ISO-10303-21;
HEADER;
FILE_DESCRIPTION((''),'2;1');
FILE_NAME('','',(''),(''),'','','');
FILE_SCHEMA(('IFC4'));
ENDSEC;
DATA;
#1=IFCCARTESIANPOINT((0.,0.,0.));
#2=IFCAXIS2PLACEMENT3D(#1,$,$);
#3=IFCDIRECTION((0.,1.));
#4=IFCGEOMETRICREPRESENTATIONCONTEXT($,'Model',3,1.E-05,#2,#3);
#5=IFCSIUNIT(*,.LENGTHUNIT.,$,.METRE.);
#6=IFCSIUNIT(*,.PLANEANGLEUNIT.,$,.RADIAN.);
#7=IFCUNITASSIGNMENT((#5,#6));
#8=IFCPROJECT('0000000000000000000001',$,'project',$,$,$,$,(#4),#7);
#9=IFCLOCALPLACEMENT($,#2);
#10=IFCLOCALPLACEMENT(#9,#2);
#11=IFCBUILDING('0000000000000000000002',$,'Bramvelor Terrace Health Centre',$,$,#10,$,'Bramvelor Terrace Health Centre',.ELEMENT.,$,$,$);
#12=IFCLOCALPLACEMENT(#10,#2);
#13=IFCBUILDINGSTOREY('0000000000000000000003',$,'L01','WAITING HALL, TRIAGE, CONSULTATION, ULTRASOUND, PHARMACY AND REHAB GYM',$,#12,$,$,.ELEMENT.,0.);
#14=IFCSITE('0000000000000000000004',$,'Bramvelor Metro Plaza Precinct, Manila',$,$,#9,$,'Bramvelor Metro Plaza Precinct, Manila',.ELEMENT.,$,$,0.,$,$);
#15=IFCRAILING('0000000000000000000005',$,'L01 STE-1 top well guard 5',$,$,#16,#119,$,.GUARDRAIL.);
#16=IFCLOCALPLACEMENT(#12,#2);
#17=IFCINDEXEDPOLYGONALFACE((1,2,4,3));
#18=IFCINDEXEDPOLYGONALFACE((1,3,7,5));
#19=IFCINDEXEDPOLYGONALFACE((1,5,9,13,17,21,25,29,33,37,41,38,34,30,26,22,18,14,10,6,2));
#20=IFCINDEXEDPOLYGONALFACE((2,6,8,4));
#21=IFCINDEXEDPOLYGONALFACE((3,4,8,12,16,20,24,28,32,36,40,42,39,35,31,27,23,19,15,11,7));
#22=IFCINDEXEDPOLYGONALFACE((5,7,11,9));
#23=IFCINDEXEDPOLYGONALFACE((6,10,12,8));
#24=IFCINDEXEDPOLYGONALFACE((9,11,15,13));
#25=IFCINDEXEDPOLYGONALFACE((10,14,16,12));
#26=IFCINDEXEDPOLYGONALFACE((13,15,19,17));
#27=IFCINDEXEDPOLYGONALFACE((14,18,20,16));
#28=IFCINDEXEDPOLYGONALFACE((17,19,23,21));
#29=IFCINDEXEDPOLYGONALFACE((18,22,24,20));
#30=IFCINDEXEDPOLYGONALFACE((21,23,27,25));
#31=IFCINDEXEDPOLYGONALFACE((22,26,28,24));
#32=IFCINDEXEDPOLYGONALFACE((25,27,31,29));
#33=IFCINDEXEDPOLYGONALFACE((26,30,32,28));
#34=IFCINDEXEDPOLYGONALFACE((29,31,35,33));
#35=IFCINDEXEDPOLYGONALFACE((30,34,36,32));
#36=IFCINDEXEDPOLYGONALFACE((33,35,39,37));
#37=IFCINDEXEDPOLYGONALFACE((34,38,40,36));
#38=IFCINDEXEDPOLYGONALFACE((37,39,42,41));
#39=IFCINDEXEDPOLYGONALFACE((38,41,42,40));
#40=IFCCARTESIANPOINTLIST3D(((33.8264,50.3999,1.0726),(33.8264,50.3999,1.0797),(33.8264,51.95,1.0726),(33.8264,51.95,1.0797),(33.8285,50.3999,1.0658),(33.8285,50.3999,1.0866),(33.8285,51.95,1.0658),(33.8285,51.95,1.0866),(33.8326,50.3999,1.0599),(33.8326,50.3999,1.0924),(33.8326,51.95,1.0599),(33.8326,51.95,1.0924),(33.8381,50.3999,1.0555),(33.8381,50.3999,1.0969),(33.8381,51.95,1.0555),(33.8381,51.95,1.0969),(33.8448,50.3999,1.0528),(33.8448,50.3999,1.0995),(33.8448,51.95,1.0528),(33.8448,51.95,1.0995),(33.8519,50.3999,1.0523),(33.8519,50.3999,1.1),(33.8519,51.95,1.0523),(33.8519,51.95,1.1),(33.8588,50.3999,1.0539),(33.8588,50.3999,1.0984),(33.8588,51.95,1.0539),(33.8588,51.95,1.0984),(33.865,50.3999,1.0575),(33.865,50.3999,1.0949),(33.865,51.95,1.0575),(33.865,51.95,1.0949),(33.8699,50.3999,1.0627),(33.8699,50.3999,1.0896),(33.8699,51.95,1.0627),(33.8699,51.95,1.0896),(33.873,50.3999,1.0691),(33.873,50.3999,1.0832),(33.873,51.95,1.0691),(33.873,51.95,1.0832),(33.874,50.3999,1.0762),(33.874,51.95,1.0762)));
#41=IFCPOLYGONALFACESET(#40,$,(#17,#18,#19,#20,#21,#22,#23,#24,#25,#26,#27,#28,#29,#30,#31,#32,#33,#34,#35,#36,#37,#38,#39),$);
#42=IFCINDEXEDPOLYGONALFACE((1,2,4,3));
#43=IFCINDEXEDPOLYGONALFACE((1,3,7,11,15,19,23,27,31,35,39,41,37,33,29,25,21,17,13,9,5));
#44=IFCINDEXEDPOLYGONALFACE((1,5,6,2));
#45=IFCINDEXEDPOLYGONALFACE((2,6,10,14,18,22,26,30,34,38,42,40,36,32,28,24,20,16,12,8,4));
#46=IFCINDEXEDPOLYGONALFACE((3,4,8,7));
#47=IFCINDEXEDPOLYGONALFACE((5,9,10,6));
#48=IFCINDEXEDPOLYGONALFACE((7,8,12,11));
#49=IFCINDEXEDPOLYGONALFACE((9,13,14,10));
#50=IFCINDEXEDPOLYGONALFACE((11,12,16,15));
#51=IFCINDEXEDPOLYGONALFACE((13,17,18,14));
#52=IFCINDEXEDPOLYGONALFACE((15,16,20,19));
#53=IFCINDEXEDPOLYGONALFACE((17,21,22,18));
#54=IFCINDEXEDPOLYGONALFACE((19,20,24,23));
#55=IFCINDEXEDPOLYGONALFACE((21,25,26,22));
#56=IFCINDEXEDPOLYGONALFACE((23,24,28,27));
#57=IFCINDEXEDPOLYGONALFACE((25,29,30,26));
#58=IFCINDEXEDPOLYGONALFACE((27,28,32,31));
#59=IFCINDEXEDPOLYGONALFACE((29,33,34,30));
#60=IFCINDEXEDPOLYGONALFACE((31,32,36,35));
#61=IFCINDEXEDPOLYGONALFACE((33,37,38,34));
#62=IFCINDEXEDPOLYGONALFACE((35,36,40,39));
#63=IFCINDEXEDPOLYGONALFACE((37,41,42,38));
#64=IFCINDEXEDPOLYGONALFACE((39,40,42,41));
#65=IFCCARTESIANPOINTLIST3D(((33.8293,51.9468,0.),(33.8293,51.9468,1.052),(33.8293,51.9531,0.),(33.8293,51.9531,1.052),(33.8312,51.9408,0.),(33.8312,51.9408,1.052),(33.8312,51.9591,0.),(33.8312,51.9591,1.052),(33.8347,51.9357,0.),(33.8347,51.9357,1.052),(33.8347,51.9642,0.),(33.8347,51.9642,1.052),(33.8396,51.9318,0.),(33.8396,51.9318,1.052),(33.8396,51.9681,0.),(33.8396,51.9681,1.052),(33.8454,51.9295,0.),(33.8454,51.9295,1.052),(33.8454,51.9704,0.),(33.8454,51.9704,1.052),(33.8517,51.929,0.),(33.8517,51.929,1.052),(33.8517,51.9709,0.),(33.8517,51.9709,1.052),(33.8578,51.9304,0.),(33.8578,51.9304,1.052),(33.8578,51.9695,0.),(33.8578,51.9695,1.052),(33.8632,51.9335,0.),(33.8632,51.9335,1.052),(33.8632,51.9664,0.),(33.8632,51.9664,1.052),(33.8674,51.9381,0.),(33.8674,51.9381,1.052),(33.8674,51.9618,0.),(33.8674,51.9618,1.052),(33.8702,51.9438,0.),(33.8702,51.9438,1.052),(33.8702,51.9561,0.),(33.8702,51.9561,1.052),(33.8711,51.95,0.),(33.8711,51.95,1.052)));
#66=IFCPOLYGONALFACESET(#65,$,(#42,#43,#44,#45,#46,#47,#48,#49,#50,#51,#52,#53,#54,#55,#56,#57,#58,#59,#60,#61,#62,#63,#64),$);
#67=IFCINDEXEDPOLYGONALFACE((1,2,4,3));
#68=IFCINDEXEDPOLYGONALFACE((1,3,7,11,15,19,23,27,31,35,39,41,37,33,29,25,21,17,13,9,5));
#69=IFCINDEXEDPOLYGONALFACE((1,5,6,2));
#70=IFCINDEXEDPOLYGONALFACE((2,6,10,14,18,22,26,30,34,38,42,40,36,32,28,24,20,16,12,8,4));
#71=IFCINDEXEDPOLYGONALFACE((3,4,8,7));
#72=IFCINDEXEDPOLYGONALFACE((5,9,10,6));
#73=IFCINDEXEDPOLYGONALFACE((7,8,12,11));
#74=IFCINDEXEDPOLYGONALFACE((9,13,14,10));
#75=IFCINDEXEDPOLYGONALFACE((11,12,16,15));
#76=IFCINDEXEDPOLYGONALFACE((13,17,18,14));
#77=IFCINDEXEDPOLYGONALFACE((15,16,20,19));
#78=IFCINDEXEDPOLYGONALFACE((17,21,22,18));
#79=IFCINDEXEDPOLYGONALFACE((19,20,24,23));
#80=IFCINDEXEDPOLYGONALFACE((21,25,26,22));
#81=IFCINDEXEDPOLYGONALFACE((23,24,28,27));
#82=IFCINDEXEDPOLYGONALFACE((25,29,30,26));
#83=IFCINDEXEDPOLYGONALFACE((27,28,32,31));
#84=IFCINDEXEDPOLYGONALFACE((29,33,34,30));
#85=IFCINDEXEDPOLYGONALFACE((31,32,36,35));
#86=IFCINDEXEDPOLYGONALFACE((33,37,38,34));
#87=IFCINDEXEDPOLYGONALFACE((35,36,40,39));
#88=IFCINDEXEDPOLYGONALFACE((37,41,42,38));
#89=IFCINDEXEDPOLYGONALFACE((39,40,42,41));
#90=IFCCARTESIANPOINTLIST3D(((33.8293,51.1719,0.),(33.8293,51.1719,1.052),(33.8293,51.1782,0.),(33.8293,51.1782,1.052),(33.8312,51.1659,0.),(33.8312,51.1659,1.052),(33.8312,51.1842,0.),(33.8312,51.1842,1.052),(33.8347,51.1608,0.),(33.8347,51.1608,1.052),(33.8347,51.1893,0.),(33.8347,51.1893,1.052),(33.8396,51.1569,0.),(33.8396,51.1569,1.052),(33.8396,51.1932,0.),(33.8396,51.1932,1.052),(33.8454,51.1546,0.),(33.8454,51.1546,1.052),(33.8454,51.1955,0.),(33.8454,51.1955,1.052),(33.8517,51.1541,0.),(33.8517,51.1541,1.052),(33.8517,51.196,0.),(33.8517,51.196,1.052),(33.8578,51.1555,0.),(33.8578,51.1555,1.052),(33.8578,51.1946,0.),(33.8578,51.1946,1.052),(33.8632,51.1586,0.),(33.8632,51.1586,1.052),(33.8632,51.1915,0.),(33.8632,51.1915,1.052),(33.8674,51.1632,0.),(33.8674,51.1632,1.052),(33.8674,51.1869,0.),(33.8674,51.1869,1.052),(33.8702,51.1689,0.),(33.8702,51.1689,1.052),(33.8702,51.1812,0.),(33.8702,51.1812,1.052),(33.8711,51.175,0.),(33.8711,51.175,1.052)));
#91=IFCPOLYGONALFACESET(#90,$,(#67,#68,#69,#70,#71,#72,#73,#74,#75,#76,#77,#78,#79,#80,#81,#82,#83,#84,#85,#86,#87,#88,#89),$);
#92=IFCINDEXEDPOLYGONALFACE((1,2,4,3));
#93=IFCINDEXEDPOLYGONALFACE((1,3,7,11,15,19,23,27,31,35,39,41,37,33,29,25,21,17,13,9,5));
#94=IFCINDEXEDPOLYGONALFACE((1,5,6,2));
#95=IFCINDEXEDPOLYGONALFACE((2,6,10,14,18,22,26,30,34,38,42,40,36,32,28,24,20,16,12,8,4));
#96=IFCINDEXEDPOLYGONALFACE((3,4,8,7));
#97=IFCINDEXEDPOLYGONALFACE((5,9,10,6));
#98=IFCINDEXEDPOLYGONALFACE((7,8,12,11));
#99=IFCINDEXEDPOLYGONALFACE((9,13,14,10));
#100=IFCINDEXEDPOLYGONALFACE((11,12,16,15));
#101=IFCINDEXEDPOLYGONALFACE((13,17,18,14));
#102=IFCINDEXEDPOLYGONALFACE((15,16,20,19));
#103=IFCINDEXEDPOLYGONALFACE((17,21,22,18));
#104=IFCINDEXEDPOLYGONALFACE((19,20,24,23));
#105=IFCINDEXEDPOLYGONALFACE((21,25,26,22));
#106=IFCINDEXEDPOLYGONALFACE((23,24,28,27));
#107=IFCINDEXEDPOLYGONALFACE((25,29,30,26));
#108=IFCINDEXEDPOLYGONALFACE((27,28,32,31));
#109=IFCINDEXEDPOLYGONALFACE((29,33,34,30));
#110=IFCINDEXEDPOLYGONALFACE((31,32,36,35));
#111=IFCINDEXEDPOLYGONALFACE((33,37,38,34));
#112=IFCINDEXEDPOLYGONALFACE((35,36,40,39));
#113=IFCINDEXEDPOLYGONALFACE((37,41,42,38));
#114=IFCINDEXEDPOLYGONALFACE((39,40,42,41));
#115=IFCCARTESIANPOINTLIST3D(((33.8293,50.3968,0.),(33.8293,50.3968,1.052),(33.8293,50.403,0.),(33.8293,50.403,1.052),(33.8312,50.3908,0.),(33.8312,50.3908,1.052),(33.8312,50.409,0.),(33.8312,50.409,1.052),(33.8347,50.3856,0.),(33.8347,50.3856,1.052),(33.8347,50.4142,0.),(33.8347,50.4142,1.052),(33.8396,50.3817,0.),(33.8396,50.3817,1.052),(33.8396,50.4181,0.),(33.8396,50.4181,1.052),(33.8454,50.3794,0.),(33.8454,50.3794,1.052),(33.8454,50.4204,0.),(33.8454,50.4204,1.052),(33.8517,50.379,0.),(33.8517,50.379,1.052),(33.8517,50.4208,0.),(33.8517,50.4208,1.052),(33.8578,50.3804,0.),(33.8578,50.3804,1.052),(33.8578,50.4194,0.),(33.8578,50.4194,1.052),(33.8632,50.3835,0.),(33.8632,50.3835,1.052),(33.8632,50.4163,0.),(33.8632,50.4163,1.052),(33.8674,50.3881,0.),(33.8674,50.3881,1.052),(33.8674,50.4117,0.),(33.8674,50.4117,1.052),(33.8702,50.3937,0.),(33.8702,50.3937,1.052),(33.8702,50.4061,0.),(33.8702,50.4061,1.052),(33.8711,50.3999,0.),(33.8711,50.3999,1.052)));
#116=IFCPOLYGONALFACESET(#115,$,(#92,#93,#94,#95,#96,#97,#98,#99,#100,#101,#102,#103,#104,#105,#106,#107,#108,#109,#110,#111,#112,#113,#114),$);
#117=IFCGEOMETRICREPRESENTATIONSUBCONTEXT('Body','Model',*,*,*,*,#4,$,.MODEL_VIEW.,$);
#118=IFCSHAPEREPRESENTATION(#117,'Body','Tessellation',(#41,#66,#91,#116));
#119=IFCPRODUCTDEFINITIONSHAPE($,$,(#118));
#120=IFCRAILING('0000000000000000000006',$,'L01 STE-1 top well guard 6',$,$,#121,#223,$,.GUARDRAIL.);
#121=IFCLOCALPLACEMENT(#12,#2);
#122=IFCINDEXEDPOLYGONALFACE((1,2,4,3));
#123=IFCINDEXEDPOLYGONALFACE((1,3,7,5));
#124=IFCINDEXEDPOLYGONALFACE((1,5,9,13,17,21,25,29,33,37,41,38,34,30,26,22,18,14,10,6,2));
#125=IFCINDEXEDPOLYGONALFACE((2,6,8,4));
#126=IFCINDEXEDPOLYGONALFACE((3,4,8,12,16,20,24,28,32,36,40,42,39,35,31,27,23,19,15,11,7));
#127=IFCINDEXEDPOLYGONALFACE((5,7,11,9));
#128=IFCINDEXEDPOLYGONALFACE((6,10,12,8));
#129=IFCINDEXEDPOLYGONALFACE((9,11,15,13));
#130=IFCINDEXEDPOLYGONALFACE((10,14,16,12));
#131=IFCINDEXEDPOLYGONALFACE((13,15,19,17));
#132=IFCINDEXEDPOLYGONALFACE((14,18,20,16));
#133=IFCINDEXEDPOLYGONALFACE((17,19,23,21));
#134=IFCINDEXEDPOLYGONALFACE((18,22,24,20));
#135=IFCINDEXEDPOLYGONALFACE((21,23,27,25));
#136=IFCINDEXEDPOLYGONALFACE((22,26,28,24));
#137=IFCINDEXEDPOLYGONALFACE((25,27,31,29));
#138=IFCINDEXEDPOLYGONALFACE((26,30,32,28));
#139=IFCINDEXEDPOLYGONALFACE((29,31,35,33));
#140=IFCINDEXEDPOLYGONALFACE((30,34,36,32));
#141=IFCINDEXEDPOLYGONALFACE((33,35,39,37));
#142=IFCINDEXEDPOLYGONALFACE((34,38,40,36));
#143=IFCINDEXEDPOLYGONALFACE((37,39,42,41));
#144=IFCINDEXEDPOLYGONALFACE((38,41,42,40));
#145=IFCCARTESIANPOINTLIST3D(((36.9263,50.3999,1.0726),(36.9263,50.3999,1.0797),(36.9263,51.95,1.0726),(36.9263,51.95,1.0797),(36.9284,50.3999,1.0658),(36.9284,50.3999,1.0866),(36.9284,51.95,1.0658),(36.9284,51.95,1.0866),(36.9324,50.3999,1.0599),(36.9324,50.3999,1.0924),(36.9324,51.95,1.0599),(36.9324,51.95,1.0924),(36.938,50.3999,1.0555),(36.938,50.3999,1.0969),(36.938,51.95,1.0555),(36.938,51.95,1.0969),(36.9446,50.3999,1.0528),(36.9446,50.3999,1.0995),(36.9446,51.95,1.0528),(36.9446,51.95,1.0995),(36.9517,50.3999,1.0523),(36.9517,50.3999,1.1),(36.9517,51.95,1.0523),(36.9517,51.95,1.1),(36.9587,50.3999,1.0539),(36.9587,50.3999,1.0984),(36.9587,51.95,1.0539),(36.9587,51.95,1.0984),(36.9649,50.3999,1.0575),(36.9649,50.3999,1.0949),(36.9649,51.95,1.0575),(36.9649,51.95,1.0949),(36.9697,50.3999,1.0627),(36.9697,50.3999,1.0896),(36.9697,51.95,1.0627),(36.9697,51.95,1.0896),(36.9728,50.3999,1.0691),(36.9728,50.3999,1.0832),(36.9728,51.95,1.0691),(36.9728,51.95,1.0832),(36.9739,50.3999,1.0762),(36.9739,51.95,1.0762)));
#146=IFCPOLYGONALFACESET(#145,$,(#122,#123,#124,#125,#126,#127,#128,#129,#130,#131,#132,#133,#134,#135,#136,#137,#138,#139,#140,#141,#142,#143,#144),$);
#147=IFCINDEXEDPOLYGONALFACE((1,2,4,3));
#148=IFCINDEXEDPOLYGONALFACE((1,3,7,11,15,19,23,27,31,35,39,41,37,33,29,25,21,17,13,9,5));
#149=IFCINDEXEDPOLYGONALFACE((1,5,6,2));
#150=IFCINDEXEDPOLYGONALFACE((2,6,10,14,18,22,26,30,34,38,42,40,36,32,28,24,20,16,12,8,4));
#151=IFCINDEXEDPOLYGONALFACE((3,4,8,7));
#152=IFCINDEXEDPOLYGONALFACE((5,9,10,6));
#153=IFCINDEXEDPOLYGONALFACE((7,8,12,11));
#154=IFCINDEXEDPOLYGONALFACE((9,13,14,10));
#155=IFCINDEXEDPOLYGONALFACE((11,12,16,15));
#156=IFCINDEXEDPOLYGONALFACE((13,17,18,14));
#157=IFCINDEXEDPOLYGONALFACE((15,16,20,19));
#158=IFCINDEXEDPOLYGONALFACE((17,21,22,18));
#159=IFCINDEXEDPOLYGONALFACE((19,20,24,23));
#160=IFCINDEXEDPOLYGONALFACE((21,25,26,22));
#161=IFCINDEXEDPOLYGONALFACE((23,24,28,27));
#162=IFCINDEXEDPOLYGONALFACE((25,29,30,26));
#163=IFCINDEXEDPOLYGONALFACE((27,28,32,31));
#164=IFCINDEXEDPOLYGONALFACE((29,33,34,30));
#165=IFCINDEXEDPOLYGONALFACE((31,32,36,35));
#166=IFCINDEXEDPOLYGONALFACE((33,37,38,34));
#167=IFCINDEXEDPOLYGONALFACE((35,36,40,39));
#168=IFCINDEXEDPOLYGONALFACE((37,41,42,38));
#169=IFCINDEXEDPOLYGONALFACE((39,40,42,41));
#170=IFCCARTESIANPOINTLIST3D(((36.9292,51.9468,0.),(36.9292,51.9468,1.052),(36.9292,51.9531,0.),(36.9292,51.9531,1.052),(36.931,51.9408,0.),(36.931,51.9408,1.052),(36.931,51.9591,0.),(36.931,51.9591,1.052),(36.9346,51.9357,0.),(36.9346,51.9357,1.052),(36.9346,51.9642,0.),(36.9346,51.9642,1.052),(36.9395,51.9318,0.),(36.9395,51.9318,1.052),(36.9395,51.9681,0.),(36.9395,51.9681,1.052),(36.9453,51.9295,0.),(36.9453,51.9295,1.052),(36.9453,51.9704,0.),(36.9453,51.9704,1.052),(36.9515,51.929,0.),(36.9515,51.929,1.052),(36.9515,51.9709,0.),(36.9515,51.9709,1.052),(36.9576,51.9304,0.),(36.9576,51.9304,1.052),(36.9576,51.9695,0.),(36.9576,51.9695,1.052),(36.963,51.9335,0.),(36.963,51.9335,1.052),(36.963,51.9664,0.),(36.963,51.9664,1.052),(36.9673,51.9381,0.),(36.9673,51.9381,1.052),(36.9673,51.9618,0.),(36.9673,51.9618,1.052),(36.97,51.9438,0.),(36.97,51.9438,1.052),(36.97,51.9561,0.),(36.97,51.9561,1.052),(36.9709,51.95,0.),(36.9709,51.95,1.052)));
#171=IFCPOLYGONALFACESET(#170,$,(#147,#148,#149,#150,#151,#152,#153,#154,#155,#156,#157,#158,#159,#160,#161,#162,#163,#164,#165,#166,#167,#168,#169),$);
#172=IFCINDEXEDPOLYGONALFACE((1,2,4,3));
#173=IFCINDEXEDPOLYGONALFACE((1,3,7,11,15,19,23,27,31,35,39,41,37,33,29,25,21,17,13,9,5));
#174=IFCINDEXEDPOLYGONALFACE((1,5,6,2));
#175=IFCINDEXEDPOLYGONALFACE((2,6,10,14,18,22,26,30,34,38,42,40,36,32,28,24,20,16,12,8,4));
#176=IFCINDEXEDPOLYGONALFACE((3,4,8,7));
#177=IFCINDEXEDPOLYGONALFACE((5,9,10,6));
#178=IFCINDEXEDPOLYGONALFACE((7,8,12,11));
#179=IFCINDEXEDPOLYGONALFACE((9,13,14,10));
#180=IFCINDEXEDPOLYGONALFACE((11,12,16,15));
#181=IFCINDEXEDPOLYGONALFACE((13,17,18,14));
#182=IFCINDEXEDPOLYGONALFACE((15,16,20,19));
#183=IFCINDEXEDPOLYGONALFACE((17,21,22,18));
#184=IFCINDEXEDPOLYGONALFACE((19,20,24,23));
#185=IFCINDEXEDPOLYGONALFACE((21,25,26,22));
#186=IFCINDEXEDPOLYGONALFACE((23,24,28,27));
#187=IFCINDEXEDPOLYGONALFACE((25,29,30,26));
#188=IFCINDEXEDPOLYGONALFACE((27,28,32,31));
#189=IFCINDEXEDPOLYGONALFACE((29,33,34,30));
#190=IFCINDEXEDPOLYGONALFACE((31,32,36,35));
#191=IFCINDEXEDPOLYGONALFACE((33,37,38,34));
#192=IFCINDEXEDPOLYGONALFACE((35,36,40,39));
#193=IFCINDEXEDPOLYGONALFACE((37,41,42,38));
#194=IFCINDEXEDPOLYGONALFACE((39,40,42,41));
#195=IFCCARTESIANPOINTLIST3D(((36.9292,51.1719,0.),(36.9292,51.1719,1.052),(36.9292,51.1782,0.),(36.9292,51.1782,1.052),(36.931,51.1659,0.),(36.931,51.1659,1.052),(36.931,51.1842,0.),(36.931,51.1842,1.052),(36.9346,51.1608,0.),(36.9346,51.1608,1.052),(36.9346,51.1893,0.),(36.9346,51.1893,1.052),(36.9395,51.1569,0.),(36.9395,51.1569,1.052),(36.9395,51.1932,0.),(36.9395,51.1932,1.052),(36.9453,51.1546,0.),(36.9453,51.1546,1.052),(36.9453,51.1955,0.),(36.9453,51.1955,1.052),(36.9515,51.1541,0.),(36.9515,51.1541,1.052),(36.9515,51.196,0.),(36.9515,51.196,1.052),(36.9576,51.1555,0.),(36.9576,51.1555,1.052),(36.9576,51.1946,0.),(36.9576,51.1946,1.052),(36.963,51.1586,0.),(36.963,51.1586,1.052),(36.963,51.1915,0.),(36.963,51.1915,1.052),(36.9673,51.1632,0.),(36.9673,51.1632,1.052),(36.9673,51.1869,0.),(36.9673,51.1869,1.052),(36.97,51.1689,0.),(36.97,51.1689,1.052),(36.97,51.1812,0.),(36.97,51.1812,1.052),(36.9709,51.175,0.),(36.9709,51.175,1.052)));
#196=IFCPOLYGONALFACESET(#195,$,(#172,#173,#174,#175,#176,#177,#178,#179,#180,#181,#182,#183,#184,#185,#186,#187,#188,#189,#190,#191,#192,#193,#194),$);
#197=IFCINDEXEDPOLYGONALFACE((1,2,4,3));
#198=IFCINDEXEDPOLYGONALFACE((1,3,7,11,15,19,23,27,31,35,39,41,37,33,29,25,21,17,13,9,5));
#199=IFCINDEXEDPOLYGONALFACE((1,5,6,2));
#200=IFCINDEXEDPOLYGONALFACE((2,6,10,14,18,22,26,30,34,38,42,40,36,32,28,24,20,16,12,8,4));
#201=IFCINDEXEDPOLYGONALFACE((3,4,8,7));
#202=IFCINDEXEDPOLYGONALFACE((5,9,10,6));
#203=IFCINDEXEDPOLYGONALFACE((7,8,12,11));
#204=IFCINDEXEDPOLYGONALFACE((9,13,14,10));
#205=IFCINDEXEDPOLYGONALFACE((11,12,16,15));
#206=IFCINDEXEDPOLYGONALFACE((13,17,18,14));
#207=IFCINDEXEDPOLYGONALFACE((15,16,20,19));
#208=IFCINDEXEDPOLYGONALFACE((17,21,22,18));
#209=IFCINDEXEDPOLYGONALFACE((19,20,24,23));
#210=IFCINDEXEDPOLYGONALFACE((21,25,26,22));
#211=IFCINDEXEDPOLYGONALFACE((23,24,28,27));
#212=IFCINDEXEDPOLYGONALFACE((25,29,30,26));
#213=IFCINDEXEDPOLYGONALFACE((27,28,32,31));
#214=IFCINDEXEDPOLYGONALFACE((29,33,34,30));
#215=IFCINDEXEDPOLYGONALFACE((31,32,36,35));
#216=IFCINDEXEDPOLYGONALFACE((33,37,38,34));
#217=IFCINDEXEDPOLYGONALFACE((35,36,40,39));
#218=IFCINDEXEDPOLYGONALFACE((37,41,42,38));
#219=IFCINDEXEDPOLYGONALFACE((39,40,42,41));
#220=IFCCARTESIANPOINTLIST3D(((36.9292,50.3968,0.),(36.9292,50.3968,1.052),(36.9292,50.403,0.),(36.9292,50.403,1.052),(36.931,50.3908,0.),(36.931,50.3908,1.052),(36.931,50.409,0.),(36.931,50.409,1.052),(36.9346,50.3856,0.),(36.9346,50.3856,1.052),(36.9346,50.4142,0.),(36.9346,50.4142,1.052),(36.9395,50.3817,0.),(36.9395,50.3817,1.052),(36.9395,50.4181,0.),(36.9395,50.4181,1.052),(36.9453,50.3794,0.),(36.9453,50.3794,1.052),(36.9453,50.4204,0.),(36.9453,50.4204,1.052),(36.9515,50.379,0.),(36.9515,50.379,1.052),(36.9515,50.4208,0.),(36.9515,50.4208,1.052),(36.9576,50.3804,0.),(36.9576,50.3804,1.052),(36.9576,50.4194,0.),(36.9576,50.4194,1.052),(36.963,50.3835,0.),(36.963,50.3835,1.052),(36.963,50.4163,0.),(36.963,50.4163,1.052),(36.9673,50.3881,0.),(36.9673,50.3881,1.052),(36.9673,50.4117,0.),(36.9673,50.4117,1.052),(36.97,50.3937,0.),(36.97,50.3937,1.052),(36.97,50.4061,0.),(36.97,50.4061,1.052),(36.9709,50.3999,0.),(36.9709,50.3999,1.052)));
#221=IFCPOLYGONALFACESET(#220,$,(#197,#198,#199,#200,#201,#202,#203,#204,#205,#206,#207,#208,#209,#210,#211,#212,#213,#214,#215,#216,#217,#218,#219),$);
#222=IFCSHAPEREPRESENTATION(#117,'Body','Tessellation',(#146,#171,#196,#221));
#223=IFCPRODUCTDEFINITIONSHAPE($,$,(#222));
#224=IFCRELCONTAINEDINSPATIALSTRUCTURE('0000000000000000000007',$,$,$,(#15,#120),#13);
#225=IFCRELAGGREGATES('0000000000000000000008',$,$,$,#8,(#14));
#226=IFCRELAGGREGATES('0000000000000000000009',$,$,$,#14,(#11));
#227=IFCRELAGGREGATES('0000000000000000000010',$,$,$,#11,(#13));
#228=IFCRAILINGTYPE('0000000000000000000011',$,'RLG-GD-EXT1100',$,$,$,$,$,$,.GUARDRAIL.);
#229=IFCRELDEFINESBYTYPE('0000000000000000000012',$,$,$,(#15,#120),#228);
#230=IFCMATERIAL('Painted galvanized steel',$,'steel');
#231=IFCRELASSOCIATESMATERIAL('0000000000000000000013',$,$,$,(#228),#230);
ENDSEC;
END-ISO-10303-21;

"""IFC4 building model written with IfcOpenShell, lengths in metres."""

from ifc_helpers import new_model, si_unit, direction, frame, origin, origin_2d, place, context, subcontext, project, spatial, circle, extrude, material, type_object, element, save


model = new_model("IFC4")

# Units and contexts
model_context = context("Model", 3, precision=1e-05, world=origin(), true_north=direction((0.0, 1.0)))
body_context = subcontext(model_context, "Body", "Model", "MODEL_VIEW")
ifc_project = project(units=[si_unit("LENGTHUNIT", "METRE"), si_unit("PLANEANGLEUNIT", "RADIAN")], contexts=[model_context])

# Site, building, storey
site_placement = place(None, origin())
site = spatial("IfcSite", under=ifc_project, at=site_placement, Name="Bramvelor Metro Plaza Precinct, Manila", LongName="Bramvelor Metro Plaza Precinct, Manila", CompositionType="ELEMENT", RefElevation=0.0)
building_placement = place(site_placement, origin())
building = spatial("IfcBuilding", under=site, at=building_placement, Name="Bramvelor Terrace Health Centre", LongName="Bramvelor Terrace Health Centre", CompositionType="ELEMENT")
storey_placement = place(building_placement, origin())
storey = spatial("IfcBuildingStorey", under=building, at=storey_placement, Name="L01", Description="WAITING HALL, TRIAGE, CONSULTATION, ULTRASOUND, PHARMACY AND REHAB GYM", CompositionType="ELEMENT", Elevation=0.0)

# Railings
ifc_material_1 = material(Name="Painted galvanized steel", Category="steel")
railing_type_1 = type_object("IfcRailingType", Name="RLG-GD-EXT1100", PredefinedType="GUARDRAIL", material=ifc_material_1)
for number, where, name in (
    (1, (33.8501, 51.95, 0.0), "L01 STE-1 top well guard 5"),
    (2, (36.95, 51.95, 0.0), "L01 STE-1 top well guard 6"),
):
    element("IfcRailing", number, at=place(storey_placement, frame(where)), inside=storey, type_object=railing_type_1, Name=name, PredefinedType="GUARDRAIL", context=body_context, shape_type="SweptSolid", body=[
        extrude(circle(Radius=0.0239, at=origin_2d()), frame((0.0, 0.0, 1.0762), z_axis=(0.0, -1.0, 0.0), x_axis=(1.0, 0.0, 0.0)), (0.0, 0.0, 1.0), 1.55),
        extrude(circle(Radius=0.021, at=origin_2d()), origin(), (0.0, 0.0, 1.0), 1.052),
        extrude(circle(Radius=0.021, at=origin_2d()), frame((0.0, -0.7749, 0.0)), (0.0, 0.0, 1.0), 1.052),
        extrude(circle(Radius=0.021, at=origin_2d()), frame((0.0, -1.55, 0.0)), (0.0, 0.0, 1.0), 1.052),
    ])

save(model, "model.ifc")
